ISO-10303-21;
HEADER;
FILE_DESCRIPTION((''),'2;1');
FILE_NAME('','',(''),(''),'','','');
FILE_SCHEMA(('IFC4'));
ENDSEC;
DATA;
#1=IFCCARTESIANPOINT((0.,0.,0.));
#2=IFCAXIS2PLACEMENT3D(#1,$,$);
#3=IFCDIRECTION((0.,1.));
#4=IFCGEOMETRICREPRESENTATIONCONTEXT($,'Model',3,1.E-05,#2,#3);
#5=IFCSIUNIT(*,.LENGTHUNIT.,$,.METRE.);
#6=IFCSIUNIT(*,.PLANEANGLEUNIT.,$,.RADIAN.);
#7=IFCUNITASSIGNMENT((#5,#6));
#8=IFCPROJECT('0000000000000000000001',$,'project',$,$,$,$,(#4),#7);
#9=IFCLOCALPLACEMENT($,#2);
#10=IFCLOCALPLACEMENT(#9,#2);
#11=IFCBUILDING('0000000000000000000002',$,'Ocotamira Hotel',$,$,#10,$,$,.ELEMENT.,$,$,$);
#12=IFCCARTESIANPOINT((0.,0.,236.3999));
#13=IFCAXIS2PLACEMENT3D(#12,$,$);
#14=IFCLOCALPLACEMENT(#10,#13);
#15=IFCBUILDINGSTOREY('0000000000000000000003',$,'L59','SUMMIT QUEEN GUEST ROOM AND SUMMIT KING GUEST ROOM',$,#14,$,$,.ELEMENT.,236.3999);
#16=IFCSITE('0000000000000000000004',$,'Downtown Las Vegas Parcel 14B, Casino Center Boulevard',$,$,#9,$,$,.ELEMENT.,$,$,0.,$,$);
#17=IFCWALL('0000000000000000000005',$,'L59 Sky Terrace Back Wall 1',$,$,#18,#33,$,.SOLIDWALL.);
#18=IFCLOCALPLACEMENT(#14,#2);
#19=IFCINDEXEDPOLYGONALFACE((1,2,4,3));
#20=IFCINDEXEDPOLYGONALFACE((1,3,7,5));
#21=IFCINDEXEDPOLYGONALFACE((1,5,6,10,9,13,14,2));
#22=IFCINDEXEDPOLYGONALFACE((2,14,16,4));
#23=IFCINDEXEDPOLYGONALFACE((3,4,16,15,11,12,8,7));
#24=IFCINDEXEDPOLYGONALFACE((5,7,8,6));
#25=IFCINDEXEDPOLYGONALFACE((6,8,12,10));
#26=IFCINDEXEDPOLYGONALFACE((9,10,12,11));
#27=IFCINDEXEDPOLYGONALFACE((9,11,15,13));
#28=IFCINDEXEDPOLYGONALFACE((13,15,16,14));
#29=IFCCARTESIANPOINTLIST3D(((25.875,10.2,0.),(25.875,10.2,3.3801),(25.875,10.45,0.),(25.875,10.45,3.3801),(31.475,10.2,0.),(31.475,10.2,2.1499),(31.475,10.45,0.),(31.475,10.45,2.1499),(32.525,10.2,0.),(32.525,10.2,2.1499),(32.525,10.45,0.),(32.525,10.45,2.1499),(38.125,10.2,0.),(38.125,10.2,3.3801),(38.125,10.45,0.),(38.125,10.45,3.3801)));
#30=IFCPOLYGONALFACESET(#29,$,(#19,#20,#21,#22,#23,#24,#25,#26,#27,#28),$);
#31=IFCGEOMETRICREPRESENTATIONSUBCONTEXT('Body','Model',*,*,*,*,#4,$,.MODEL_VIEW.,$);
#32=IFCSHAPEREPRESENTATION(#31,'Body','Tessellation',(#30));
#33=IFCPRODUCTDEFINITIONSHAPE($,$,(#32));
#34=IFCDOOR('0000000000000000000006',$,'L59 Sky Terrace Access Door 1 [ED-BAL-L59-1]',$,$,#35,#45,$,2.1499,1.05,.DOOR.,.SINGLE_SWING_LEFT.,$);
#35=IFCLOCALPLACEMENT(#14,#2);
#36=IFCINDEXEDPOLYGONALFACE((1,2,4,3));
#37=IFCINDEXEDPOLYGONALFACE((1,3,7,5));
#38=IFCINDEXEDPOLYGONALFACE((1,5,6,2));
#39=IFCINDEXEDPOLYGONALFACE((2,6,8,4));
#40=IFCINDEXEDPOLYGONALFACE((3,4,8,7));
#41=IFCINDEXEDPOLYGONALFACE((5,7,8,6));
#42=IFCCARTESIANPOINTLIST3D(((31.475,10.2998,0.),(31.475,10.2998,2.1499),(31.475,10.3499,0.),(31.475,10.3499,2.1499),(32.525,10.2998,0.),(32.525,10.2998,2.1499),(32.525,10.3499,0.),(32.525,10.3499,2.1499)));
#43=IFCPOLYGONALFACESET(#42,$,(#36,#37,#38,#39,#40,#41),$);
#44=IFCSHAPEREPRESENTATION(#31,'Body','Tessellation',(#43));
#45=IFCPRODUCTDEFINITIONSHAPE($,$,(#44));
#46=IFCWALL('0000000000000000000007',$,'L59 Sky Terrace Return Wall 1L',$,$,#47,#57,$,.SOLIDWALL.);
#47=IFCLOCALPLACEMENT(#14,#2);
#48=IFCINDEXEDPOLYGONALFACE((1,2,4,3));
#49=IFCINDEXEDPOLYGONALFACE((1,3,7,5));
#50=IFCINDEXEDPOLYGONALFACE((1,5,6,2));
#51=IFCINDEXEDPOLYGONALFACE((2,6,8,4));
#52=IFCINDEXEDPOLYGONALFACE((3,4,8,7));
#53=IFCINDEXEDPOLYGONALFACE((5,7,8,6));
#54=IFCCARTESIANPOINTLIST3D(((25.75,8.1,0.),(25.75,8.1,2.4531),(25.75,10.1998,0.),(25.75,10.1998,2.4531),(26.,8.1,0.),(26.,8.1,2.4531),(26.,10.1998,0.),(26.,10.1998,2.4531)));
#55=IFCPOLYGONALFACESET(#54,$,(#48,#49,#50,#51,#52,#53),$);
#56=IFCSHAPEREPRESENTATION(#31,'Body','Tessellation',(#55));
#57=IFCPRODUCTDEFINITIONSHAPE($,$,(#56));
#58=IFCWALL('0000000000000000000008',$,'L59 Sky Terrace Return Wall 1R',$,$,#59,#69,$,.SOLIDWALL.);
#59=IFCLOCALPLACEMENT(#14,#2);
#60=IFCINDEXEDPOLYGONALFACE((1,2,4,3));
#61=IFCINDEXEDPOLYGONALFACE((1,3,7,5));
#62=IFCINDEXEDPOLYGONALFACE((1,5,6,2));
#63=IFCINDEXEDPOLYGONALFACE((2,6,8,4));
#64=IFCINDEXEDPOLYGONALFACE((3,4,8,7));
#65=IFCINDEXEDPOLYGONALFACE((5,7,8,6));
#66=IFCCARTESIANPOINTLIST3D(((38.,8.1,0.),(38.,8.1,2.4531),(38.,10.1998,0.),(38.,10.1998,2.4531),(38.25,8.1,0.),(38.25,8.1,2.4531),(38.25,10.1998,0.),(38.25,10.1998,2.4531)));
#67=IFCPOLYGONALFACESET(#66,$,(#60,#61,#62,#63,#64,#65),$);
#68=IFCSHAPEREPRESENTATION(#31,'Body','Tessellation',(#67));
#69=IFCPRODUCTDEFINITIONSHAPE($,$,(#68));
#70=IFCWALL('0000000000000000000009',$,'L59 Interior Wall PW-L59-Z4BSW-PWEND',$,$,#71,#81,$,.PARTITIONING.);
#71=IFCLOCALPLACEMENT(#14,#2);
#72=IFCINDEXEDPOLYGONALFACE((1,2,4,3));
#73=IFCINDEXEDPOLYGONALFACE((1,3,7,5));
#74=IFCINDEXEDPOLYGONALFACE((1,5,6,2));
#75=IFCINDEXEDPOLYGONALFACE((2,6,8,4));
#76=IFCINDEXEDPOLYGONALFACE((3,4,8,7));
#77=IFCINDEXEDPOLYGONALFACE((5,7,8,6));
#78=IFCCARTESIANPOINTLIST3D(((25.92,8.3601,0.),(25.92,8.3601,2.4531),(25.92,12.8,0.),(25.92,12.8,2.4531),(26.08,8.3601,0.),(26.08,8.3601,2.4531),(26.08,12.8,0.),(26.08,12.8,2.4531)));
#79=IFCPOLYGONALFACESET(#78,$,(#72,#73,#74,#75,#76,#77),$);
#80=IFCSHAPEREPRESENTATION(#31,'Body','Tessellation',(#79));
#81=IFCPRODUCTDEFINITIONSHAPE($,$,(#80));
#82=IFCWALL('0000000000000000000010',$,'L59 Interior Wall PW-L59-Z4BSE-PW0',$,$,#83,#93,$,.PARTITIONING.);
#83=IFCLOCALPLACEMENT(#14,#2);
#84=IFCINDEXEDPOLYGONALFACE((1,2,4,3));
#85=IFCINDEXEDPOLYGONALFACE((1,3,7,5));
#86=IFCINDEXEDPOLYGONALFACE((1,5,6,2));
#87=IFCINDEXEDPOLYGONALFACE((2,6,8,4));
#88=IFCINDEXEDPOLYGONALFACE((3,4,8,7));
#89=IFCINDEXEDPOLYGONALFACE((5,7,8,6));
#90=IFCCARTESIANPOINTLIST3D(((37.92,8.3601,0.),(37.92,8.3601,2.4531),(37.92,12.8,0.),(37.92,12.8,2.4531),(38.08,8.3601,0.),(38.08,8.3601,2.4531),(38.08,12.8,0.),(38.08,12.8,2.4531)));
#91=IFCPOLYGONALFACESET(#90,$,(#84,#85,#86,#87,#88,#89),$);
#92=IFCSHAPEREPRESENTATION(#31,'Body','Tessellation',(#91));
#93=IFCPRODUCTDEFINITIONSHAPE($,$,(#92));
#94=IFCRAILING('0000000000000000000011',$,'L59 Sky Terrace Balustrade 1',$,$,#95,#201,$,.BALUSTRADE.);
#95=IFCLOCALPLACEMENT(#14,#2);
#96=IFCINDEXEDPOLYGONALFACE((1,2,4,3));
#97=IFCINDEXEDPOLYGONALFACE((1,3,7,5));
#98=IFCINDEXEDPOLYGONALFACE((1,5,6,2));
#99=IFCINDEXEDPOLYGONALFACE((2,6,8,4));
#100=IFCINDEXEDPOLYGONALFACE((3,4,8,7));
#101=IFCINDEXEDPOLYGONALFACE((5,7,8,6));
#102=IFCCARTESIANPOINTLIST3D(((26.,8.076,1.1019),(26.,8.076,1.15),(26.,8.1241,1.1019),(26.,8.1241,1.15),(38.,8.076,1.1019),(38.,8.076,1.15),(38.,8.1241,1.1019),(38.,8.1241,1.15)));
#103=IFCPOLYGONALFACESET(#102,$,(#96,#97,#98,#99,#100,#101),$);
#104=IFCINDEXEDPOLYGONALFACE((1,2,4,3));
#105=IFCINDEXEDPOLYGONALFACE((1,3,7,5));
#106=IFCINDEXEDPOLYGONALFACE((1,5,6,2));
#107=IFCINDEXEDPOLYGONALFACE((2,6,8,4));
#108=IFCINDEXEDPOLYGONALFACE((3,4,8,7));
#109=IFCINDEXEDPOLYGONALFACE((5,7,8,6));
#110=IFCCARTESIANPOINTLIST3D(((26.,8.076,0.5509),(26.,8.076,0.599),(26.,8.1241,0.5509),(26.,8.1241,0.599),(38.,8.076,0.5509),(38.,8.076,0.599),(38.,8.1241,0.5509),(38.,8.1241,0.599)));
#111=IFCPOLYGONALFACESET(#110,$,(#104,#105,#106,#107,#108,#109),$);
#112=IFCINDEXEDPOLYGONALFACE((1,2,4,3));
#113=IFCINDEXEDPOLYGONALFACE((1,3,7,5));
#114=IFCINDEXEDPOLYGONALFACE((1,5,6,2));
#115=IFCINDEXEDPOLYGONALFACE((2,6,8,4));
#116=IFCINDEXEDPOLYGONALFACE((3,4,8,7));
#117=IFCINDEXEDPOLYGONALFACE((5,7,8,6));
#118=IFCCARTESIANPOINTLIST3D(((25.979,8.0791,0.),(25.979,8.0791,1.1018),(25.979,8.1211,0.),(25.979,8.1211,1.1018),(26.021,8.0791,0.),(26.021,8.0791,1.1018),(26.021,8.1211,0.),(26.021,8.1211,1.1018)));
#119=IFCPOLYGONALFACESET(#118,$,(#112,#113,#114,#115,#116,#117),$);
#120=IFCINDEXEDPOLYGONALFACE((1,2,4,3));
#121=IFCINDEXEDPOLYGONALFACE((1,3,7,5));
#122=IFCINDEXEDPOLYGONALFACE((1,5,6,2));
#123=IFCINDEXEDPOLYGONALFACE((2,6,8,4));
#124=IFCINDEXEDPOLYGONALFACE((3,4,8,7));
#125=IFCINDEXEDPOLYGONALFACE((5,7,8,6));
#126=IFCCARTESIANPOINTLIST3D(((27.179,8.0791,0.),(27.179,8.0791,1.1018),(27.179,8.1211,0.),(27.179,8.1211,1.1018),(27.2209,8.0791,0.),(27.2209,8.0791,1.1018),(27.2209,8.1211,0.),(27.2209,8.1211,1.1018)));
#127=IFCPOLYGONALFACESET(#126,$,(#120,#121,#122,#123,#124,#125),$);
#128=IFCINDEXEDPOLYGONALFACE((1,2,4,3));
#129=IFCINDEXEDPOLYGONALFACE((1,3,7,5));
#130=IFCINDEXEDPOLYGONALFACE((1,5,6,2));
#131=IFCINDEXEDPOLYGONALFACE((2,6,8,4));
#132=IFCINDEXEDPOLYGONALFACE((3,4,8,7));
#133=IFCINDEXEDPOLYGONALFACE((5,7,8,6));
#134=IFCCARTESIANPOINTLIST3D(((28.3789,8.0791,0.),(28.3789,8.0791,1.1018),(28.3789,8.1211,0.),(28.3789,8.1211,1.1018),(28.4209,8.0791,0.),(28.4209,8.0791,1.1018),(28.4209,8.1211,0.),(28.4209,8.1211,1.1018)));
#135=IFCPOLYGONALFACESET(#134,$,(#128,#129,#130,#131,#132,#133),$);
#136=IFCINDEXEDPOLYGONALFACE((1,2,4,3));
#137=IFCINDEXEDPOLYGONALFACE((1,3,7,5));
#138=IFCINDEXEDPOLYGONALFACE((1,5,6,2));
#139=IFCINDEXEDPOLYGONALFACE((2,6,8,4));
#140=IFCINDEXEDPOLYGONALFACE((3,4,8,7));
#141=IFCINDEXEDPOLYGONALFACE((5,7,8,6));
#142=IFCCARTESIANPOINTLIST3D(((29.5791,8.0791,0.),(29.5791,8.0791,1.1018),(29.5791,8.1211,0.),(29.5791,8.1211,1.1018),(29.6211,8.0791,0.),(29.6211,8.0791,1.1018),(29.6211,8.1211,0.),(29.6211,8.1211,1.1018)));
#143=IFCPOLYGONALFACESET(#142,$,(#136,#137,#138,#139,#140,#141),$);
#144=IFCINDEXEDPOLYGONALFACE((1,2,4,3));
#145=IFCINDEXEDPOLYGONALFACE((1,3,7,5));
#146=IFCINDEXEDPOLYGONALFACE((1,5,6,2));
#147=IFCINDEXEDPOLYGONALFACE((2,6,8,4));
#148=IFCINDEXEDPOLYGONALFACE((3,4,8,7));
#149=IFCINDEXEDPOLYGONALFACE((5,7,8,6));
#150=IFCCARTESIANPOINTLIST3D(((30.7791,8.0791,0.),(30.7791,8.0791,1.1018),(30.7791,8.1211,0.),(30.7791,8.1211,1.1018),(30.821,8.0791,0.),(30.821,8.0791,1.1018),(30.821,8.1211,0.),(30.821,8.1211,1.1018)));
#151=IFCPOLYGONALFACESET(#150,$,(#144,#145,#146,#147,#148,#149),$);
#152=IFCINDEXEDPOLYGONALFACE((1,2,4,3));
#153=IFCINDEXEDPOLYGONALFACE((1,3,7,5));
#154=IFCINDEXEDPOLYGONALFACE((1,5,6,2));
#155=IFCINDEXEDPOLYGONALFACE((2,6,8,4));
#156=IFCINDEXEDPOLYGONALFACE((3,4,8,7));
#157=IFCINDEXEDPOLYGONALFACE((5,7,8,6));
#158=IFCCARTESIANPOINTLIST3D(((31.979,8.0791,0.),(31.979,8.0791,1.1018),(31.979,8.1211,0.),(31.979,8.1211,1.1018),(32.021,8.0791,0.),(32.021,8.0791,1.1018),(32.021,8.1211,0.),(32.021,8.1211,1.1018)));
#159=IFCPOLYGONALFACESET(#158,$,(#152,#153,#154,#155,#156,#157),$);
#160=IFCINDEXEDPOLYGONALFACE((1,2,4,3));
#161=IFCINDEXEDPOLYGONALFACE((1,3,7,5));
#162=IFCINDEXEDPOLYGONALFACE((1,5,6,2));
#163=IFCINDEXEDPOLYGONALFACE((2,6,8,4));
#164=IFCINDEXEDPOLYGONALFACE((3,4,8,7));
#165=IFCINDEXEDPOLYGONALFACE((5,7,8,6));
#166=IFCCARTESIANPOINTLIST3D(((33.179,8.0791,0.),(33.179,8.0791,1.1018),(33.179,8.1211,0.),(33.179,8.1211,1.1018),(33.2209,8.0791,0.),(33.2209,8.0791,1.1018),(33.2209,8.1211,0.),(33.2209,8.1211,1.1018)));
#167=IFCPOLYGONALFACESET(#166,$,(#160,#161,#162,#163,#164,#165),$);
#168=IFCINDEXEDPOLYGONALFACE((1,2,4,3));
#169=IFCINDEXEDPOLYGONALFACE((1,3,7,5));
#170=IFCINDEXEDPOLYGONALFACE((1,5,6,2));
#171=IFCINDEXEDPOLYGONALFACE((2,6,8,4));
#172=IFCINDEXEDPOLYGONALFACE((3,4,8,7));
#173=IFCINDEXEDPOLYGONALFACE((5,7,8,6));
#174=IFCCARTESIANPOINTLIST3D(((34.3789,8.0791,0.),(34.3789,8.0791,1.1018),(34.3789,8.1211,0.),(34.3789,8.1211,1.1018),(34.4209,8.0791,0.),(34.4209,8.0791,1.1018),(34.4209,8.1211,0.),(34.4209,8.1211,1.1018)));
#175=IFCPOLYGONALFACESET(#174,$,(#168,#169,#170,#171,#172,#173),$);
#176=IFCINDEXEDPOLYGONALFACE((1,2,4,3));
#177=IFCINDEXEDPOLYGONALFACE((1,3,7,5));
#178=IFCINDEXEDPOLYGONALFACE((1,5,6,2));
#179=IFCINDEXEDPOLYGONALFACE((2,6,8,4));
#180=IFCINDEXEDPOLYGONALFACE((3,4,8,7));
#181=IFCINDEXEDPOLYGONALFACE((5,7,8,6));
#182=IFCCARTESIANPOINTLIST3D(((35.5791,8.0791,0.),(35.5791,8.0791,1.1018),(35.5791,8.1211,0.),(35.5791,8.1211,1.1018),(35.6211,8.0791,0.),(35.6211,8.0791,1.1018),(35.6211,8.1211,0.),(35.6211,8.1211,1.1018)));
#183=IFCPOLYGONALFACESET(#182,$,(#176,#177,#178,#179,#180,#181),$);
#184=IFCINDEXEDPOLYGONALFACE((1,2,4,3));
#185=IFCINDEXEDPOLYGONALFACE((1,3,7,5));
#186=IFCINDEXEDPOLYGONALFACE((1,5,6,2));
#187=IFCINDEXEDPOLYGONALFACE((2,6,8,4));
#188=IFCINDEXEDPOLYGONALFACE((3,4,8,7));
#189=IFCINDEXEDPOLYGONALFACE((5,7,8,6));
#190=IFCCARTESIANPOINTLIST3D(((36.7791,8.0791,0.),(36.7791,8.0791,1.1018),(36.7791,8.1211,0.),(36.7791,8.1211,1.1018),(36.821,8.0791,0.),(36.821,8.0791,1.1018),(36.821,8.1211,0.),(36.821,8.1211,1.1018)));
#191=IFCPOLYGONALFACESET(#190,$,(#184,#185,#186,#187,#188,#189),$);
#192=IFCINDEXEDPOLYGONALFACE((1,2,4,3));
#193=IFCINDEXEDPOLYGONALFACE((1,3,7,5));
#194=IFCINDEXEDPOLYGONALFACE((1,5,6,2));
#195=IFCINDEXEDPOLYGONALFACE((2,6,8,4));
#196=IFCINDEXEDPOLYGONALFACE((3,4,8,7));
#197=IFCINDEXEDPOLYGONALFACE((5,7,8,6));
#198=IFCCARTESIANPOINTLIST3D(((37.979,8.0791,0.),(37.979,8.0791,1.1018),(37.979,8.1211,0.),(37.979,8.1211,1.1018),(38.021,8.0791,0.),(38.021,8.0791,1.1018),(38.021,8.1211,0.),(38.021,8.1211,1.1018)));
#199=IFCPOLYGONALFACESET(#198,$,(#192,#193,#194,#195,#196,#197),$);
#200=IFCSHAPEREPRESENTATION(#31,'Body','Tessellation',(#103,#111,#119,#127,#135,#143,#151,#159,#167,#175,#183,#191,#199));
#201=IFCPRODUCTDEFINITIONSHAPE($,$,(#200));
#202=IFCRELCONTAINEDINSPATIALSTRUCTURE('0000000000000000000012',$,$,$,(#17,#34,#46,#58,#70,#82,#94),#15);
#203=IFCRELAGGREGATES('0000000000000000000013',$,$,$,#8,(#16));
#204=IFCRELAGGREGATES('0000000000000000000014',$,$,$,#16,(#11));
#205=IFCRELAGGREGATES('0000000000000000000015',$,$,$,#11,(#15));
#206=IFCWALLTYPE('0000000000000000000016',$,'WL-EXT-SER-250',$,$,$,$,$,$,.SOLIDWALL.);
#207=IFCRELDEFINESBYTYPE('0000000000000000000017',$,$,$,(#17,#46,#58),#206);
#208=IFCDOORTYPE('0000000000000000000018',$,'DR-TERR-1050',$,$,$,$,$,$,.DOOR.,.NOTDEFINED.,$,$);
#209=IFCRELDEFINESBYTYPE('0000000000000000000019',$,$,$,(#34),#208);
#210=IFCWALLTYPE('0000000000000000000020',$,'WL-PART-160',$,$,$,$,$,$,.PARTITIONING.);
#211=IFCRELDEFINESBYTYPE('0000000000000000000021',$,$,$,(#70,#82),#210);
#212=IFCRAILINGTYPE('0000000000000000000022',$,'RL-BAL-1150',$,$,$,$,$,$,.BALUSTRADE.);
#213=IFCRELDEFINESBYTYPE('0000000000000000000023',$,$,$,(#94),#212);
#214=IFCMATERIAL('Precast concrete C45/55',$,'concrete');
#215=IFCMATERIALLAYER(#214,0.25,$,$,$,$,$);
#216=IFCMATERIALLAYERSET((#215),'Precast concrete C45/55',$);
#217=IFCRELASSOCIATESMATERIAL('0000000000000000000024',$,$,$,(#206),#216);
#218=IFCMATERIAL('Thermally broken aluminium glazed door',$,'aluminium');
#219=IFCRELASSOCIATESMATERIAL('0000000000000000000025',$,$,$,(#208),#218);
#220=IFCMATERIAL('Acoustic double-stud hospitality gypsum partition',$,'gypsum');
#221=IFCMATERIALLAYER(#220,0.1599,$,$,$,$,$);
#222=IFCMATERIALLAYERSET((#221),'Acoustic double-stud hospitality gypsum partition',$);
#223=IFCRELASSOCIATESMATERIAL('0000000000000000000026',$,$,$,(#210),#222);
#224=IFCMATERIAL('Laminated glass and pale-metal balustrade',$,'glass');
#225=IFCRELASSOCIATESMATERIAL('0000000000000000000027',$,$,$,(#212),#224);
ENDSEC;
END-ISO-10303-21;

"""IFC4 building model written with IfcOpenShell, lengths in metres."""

from ifc_helpers import new_model, si_unit, direction, frame, frame_2d, origin, origin_2d, place, context, subcontext, project, spatial, rectangle, extrude, source, transform, mapped, material, layer, layer_set, type_object, element, fill, save


model = new_model("IFC4")

# Units and contexts
model_context = context("Model", 3, precision=1e-05, world=origin(), true_north=direction((0.0, 1.0)))
body_context = subcontext(model_context, "Body", "Model", "MODEL_VIEW")
ifc_project = project(units=[si_unit("LENGTHUNIT", "METRE"), si_unit("PLANEANGLEUNIT", "RADIAN")], contexts=[model_context])

# Site, building, storey
site_placement = place(None, origin())
site = spatial("IfcSite", under=ifc_project, at=site_placement, Name="Downtown Las Vegas Parcel 14B, Casino Center Boulevard", CompositionType="ELEMENT", RefElevation=0.0)
building_placement = place(site_placement, origin())
building = spatial("IfcBuilding", under=site, at=building_placement, Name="Ocotamira Hotel", CompositionType="ELEMENT")
storey_placement = place(building_placement, frame((0.0, 0.0, 236.3999)))
storey = spatial("IfcBuildingStorey", under=building, at=storey_placement, Name="L59", Description="SUMMIT QUEEN GUEST ROOM AND SUMMIT KING GUEST ROOM", CompositionType="ELEMENT", Elevation=236.3999)

# Wall, opening, door
ifc_material_1 = material(Name="Precast concrete C45/55", Category="concrete")
ifc_layer_1 = layer(ifc_material_1, 0.25)
ifc_layer_set_1 = layer_set([ifc_layer_1], Name="Precast concrete C45/55")
wall_type_1 = type_object("IfcWallType", Name="WL-EXT-SER-250", PredefinedType="SOLIDWALL", material=ifc_layer_set_1)
wall_placement = place(storey_placement, frame((25.875, 10.325, 0.0), z_axis=(0.0, 0.0, 1.0), x_axis=(1.0, 0.0, 0.0)))
wall = element("IfcWall", 1, at=wall_placement, inside=storey, type_object=wall_type_1, Name="L59 Sky Terrace Back Wall 1", PredefinedType="SOLIDWALL", context=body_context, shape_type="SweptSolid", body=[
    extrude(rectangle(XDim=12.25, YDim=0.25, at=frame_2d((6.125, 0.0))), origin(), (0.0, 0.0, 1.0), 3.3801),
])
opening_placement = place(wall_placement, frame((5.6001, 0.0, 0.0)))
opening = element("IfcOpeningElement", 2, at=opening_placement, cuts=wall, PredefinedType="OPENING", context=body_context, shape_type="SweptSolid", body=[
    extrude(rectangle(XDim=1.05, YDim=2.1499, at=frame_2d((0.5249, 1.075))), frame((0.0, 0.135, 0.0), z_axis=(0.0, -1.0, 0.0), x_axis=(1.0, 0.0, 0.0)), (0.0, 0.0, 1.0), 0.27),
])
ifc_material_2 = material(Name="Thermally broken aluminium glazed door", Category="aluminium")
door_type = type_object("IfcDoorType", Name="DR-TERR-1050", OperationType="NOTDEFINED", PredefinedType="DOOR", material=ifc_material_2)
shared_shape_1 = source(origin(), body_context, "Body", "SweptSolid", [
    extrude(rectangle(XDim=1.05, YDim=2.1499, at=frame_2d((0.5249, 1.075))), frame((0.0, 0.0249, 0.0), z_axis=(0.0, -1.0, 0.0), x_axis=(1.0, 0.0, 0.0)), (0.0, 0.0, 1.0), 0.05),
])
door_placement = place(opening_placement, origin())
door = element("IfcDoor", 3, at=door_placement, inside=storey, type_object=door_type, Name="L59 Sky Terrace Access Door 1 [ED-BAL-L59-1]", OperationType="SINGLE_SWING_LEFT", OverallHeight=2.1499, OverallWidth=1.05, PredefinedType="DOOR", context=body_context, shape_type="MappedRepresentation", body=[
    mapped(shared_shape_1, transform((0.0, 0.0, 0.0), scale=1.0)),
])
fill(opening, door)

# Walls
for number, where, z_axis, x_axis, name in (
    (4, (25.875, 8.1001, 0.0), (0.0, 0.0, 1.0), (0.0, 1.0, 0.0), "L59 Sky Terrace Return Wall 1L"),
    (5, (38.125, 8.1001, 0.0), (0.0, 0.0, 1.0), (0.0, 1.0, 0.0), "L59 Sky Terrace Return Wall 1R"),
):
    element("IfcWall", number, at=place(storey_placement, frame(where, z_axis=z_axis, x_axis=x_axis)), inside=storey, type_object=wall_type_1, Name=name, PredefinedType="SOLIDWALL", context=body_context, shape_type="SweptSolid", body=[
        extrude(rectangle(XDim=2.0999, YDim=0.25, at=frame_2d((1.0498, 0.0))), origin(), (0.0, 0.0, 1.0), 2.4531),
    ])
ifc_material_3 = material(Name="Acoustic double-stud hospitality gypsum partition", Category="gypsum")
ifc_layer_2 = layer(ifc_material_3, 0.1599)
ifc_layer_set_2 = layer_set([ifc_layer_2], Name="Acoustic double-stud hospitality gypsum partition")
wall_type_2 = type_object("IfcWallType", Name="WL-PART-160", PredefinedType="PARTITIONING", material=ifc_layer_set_2)
for number, where, z_axis, x_axis, name in (
    (6, (26.0, 8.3601, 0.0), (0.0, 0.0, 1.0), (0.0, 1.0, 0.0), "L59 Interior Wall PW-L59-Z4BSW-PWEND"),
    (7, (38.0, 8.3601, 0.0), (0.0, 0.0, 1.0), (0.0, 1.0, 0.0), "L59 Interior Wall PW-L59-Z4BSE-PW0"),
):
    element("IfcWall", number, at=place(storey_placement, frame(where, z_axis=z_axis, x_axis=x_axis)), inside=storey, type_object=wall_type_2, Name=name, PredefinedType="PARTITIONING", context=body_context, shape_type="SweptSolid", body=[
        extrude(rectangle(XDim=4.4399, YDim=0.1599, at=frame_2d((2.22, 0.0))), origin(), (0.0, 0.0, 1.0), 2.4531),
    ])

# Railing
ifc_material_4 = material(Name="Laminated glass and pale-metal balustrade", Category="glass")
railing_type = type_object("IfcRailingType", Name="RL-BAL-1150", PredefinedType="BALUSTRADE", material=ifc_material_4)
railing_placement = place(storey_placement, frame((26.0, 8.1001, 0.0)))
element("IfcRailing", 8, at=railing_placement, inside=storey, type_object=railing_type, Name="L59 Sky Terrace Balustrade 1", PredefinedType="BALUSTRADE", context=body_context, shape_type="SweptSolid", body=[
    extrude(rectangle(XDim=0.0481, YDim=0.0481, at=origin_2d()), frame((0.0, 0.0, 1.126), z_axis=(1.0, 0.0, 0.0), x_axis=(0.0, 1.0, 0.0)), (0.0, 0.0, 1.0), 12.0),
    extrude(rectangle(XDim=0.0481, YDim=0.0481, at=origin_2d()), frame((0.0, 0.0, 0.575), z_axis=(1.0, 0.0, 0.0), x_axis=(0.0, 1.0, 0.0)), (0.0, 0.0, 1.0), 12.0),
    extrude(rectangle(XDim=0.042, YDim=0.042, at=origin_2d()), origin(), (0.0, 0.0, 1.0), 1.1018),
    extrude(rectangle(XDim=0.042, YDim=0.042, at=origin_2d()), frame((1.2, 0.0, 0.0)), (0.0, 0.0, 1.0), 1.1018),
    extrude(rectangle(XDim=0.042, YDim=0.042, at=origin_2d()), frame((2.3999, 0.0, 0.0)), (0.0, 0.0, 1.0), 1.1018),
    extrude(rectangle(XDim=0.042, YDim=0.042, at=origin_2d()), frame((3.6001, 0.0, 0.0)), (0.0, 0.0, 1.0), 1.1018),
    extrude(rectangle(XDim=0.042, YDim=0.042, at=origin_2d()), frame((4.8, 0.0, 0.0)), (0.0, 0.0, 1.0), 1.1018),
    extrude(rectangle(XDim=0.042, YDim=0.042, at=origin_2d()), frame((6.0, 0.0, 0.0)), (0.0, 0.0, 1.0), 1.1018),
    extrude(rectangle(XDim=0.042, YDim=0.042, at=origin_2d()), frame((7.2, 0.0, 0.0)), (0.0, 0.0, 1.0), 1.1018),
    extrude(rectangle(XDim=0.042, YDim=0.042, at=origin_2d()), frame((8.3999, 0.0, 0.0)), (0.0, 0.0, 1.0), 1.1018),
    extrude(rectangle(XDim=0.042, YDim=0.042, at=origin_2d()), frame((9.6001, 0.0, 0.0)), (0.0, 0.0, 1.0), 1.1018),
    extrude(rectangle(XDim=0.042, YDim=0.042, at=origin_2d()), frame((10.8, 0.0, 0.0)), (0.0, 0.0, 1.0), 1.1018),
    extrude(rectangle(XDim=0.042, YDim=0.042, at=origin_2d()), frame((12.0, 0.0, 0.0)), (0.0, 0.0, 1.0), 1.1018),
])

save(model, "model.ifc")
